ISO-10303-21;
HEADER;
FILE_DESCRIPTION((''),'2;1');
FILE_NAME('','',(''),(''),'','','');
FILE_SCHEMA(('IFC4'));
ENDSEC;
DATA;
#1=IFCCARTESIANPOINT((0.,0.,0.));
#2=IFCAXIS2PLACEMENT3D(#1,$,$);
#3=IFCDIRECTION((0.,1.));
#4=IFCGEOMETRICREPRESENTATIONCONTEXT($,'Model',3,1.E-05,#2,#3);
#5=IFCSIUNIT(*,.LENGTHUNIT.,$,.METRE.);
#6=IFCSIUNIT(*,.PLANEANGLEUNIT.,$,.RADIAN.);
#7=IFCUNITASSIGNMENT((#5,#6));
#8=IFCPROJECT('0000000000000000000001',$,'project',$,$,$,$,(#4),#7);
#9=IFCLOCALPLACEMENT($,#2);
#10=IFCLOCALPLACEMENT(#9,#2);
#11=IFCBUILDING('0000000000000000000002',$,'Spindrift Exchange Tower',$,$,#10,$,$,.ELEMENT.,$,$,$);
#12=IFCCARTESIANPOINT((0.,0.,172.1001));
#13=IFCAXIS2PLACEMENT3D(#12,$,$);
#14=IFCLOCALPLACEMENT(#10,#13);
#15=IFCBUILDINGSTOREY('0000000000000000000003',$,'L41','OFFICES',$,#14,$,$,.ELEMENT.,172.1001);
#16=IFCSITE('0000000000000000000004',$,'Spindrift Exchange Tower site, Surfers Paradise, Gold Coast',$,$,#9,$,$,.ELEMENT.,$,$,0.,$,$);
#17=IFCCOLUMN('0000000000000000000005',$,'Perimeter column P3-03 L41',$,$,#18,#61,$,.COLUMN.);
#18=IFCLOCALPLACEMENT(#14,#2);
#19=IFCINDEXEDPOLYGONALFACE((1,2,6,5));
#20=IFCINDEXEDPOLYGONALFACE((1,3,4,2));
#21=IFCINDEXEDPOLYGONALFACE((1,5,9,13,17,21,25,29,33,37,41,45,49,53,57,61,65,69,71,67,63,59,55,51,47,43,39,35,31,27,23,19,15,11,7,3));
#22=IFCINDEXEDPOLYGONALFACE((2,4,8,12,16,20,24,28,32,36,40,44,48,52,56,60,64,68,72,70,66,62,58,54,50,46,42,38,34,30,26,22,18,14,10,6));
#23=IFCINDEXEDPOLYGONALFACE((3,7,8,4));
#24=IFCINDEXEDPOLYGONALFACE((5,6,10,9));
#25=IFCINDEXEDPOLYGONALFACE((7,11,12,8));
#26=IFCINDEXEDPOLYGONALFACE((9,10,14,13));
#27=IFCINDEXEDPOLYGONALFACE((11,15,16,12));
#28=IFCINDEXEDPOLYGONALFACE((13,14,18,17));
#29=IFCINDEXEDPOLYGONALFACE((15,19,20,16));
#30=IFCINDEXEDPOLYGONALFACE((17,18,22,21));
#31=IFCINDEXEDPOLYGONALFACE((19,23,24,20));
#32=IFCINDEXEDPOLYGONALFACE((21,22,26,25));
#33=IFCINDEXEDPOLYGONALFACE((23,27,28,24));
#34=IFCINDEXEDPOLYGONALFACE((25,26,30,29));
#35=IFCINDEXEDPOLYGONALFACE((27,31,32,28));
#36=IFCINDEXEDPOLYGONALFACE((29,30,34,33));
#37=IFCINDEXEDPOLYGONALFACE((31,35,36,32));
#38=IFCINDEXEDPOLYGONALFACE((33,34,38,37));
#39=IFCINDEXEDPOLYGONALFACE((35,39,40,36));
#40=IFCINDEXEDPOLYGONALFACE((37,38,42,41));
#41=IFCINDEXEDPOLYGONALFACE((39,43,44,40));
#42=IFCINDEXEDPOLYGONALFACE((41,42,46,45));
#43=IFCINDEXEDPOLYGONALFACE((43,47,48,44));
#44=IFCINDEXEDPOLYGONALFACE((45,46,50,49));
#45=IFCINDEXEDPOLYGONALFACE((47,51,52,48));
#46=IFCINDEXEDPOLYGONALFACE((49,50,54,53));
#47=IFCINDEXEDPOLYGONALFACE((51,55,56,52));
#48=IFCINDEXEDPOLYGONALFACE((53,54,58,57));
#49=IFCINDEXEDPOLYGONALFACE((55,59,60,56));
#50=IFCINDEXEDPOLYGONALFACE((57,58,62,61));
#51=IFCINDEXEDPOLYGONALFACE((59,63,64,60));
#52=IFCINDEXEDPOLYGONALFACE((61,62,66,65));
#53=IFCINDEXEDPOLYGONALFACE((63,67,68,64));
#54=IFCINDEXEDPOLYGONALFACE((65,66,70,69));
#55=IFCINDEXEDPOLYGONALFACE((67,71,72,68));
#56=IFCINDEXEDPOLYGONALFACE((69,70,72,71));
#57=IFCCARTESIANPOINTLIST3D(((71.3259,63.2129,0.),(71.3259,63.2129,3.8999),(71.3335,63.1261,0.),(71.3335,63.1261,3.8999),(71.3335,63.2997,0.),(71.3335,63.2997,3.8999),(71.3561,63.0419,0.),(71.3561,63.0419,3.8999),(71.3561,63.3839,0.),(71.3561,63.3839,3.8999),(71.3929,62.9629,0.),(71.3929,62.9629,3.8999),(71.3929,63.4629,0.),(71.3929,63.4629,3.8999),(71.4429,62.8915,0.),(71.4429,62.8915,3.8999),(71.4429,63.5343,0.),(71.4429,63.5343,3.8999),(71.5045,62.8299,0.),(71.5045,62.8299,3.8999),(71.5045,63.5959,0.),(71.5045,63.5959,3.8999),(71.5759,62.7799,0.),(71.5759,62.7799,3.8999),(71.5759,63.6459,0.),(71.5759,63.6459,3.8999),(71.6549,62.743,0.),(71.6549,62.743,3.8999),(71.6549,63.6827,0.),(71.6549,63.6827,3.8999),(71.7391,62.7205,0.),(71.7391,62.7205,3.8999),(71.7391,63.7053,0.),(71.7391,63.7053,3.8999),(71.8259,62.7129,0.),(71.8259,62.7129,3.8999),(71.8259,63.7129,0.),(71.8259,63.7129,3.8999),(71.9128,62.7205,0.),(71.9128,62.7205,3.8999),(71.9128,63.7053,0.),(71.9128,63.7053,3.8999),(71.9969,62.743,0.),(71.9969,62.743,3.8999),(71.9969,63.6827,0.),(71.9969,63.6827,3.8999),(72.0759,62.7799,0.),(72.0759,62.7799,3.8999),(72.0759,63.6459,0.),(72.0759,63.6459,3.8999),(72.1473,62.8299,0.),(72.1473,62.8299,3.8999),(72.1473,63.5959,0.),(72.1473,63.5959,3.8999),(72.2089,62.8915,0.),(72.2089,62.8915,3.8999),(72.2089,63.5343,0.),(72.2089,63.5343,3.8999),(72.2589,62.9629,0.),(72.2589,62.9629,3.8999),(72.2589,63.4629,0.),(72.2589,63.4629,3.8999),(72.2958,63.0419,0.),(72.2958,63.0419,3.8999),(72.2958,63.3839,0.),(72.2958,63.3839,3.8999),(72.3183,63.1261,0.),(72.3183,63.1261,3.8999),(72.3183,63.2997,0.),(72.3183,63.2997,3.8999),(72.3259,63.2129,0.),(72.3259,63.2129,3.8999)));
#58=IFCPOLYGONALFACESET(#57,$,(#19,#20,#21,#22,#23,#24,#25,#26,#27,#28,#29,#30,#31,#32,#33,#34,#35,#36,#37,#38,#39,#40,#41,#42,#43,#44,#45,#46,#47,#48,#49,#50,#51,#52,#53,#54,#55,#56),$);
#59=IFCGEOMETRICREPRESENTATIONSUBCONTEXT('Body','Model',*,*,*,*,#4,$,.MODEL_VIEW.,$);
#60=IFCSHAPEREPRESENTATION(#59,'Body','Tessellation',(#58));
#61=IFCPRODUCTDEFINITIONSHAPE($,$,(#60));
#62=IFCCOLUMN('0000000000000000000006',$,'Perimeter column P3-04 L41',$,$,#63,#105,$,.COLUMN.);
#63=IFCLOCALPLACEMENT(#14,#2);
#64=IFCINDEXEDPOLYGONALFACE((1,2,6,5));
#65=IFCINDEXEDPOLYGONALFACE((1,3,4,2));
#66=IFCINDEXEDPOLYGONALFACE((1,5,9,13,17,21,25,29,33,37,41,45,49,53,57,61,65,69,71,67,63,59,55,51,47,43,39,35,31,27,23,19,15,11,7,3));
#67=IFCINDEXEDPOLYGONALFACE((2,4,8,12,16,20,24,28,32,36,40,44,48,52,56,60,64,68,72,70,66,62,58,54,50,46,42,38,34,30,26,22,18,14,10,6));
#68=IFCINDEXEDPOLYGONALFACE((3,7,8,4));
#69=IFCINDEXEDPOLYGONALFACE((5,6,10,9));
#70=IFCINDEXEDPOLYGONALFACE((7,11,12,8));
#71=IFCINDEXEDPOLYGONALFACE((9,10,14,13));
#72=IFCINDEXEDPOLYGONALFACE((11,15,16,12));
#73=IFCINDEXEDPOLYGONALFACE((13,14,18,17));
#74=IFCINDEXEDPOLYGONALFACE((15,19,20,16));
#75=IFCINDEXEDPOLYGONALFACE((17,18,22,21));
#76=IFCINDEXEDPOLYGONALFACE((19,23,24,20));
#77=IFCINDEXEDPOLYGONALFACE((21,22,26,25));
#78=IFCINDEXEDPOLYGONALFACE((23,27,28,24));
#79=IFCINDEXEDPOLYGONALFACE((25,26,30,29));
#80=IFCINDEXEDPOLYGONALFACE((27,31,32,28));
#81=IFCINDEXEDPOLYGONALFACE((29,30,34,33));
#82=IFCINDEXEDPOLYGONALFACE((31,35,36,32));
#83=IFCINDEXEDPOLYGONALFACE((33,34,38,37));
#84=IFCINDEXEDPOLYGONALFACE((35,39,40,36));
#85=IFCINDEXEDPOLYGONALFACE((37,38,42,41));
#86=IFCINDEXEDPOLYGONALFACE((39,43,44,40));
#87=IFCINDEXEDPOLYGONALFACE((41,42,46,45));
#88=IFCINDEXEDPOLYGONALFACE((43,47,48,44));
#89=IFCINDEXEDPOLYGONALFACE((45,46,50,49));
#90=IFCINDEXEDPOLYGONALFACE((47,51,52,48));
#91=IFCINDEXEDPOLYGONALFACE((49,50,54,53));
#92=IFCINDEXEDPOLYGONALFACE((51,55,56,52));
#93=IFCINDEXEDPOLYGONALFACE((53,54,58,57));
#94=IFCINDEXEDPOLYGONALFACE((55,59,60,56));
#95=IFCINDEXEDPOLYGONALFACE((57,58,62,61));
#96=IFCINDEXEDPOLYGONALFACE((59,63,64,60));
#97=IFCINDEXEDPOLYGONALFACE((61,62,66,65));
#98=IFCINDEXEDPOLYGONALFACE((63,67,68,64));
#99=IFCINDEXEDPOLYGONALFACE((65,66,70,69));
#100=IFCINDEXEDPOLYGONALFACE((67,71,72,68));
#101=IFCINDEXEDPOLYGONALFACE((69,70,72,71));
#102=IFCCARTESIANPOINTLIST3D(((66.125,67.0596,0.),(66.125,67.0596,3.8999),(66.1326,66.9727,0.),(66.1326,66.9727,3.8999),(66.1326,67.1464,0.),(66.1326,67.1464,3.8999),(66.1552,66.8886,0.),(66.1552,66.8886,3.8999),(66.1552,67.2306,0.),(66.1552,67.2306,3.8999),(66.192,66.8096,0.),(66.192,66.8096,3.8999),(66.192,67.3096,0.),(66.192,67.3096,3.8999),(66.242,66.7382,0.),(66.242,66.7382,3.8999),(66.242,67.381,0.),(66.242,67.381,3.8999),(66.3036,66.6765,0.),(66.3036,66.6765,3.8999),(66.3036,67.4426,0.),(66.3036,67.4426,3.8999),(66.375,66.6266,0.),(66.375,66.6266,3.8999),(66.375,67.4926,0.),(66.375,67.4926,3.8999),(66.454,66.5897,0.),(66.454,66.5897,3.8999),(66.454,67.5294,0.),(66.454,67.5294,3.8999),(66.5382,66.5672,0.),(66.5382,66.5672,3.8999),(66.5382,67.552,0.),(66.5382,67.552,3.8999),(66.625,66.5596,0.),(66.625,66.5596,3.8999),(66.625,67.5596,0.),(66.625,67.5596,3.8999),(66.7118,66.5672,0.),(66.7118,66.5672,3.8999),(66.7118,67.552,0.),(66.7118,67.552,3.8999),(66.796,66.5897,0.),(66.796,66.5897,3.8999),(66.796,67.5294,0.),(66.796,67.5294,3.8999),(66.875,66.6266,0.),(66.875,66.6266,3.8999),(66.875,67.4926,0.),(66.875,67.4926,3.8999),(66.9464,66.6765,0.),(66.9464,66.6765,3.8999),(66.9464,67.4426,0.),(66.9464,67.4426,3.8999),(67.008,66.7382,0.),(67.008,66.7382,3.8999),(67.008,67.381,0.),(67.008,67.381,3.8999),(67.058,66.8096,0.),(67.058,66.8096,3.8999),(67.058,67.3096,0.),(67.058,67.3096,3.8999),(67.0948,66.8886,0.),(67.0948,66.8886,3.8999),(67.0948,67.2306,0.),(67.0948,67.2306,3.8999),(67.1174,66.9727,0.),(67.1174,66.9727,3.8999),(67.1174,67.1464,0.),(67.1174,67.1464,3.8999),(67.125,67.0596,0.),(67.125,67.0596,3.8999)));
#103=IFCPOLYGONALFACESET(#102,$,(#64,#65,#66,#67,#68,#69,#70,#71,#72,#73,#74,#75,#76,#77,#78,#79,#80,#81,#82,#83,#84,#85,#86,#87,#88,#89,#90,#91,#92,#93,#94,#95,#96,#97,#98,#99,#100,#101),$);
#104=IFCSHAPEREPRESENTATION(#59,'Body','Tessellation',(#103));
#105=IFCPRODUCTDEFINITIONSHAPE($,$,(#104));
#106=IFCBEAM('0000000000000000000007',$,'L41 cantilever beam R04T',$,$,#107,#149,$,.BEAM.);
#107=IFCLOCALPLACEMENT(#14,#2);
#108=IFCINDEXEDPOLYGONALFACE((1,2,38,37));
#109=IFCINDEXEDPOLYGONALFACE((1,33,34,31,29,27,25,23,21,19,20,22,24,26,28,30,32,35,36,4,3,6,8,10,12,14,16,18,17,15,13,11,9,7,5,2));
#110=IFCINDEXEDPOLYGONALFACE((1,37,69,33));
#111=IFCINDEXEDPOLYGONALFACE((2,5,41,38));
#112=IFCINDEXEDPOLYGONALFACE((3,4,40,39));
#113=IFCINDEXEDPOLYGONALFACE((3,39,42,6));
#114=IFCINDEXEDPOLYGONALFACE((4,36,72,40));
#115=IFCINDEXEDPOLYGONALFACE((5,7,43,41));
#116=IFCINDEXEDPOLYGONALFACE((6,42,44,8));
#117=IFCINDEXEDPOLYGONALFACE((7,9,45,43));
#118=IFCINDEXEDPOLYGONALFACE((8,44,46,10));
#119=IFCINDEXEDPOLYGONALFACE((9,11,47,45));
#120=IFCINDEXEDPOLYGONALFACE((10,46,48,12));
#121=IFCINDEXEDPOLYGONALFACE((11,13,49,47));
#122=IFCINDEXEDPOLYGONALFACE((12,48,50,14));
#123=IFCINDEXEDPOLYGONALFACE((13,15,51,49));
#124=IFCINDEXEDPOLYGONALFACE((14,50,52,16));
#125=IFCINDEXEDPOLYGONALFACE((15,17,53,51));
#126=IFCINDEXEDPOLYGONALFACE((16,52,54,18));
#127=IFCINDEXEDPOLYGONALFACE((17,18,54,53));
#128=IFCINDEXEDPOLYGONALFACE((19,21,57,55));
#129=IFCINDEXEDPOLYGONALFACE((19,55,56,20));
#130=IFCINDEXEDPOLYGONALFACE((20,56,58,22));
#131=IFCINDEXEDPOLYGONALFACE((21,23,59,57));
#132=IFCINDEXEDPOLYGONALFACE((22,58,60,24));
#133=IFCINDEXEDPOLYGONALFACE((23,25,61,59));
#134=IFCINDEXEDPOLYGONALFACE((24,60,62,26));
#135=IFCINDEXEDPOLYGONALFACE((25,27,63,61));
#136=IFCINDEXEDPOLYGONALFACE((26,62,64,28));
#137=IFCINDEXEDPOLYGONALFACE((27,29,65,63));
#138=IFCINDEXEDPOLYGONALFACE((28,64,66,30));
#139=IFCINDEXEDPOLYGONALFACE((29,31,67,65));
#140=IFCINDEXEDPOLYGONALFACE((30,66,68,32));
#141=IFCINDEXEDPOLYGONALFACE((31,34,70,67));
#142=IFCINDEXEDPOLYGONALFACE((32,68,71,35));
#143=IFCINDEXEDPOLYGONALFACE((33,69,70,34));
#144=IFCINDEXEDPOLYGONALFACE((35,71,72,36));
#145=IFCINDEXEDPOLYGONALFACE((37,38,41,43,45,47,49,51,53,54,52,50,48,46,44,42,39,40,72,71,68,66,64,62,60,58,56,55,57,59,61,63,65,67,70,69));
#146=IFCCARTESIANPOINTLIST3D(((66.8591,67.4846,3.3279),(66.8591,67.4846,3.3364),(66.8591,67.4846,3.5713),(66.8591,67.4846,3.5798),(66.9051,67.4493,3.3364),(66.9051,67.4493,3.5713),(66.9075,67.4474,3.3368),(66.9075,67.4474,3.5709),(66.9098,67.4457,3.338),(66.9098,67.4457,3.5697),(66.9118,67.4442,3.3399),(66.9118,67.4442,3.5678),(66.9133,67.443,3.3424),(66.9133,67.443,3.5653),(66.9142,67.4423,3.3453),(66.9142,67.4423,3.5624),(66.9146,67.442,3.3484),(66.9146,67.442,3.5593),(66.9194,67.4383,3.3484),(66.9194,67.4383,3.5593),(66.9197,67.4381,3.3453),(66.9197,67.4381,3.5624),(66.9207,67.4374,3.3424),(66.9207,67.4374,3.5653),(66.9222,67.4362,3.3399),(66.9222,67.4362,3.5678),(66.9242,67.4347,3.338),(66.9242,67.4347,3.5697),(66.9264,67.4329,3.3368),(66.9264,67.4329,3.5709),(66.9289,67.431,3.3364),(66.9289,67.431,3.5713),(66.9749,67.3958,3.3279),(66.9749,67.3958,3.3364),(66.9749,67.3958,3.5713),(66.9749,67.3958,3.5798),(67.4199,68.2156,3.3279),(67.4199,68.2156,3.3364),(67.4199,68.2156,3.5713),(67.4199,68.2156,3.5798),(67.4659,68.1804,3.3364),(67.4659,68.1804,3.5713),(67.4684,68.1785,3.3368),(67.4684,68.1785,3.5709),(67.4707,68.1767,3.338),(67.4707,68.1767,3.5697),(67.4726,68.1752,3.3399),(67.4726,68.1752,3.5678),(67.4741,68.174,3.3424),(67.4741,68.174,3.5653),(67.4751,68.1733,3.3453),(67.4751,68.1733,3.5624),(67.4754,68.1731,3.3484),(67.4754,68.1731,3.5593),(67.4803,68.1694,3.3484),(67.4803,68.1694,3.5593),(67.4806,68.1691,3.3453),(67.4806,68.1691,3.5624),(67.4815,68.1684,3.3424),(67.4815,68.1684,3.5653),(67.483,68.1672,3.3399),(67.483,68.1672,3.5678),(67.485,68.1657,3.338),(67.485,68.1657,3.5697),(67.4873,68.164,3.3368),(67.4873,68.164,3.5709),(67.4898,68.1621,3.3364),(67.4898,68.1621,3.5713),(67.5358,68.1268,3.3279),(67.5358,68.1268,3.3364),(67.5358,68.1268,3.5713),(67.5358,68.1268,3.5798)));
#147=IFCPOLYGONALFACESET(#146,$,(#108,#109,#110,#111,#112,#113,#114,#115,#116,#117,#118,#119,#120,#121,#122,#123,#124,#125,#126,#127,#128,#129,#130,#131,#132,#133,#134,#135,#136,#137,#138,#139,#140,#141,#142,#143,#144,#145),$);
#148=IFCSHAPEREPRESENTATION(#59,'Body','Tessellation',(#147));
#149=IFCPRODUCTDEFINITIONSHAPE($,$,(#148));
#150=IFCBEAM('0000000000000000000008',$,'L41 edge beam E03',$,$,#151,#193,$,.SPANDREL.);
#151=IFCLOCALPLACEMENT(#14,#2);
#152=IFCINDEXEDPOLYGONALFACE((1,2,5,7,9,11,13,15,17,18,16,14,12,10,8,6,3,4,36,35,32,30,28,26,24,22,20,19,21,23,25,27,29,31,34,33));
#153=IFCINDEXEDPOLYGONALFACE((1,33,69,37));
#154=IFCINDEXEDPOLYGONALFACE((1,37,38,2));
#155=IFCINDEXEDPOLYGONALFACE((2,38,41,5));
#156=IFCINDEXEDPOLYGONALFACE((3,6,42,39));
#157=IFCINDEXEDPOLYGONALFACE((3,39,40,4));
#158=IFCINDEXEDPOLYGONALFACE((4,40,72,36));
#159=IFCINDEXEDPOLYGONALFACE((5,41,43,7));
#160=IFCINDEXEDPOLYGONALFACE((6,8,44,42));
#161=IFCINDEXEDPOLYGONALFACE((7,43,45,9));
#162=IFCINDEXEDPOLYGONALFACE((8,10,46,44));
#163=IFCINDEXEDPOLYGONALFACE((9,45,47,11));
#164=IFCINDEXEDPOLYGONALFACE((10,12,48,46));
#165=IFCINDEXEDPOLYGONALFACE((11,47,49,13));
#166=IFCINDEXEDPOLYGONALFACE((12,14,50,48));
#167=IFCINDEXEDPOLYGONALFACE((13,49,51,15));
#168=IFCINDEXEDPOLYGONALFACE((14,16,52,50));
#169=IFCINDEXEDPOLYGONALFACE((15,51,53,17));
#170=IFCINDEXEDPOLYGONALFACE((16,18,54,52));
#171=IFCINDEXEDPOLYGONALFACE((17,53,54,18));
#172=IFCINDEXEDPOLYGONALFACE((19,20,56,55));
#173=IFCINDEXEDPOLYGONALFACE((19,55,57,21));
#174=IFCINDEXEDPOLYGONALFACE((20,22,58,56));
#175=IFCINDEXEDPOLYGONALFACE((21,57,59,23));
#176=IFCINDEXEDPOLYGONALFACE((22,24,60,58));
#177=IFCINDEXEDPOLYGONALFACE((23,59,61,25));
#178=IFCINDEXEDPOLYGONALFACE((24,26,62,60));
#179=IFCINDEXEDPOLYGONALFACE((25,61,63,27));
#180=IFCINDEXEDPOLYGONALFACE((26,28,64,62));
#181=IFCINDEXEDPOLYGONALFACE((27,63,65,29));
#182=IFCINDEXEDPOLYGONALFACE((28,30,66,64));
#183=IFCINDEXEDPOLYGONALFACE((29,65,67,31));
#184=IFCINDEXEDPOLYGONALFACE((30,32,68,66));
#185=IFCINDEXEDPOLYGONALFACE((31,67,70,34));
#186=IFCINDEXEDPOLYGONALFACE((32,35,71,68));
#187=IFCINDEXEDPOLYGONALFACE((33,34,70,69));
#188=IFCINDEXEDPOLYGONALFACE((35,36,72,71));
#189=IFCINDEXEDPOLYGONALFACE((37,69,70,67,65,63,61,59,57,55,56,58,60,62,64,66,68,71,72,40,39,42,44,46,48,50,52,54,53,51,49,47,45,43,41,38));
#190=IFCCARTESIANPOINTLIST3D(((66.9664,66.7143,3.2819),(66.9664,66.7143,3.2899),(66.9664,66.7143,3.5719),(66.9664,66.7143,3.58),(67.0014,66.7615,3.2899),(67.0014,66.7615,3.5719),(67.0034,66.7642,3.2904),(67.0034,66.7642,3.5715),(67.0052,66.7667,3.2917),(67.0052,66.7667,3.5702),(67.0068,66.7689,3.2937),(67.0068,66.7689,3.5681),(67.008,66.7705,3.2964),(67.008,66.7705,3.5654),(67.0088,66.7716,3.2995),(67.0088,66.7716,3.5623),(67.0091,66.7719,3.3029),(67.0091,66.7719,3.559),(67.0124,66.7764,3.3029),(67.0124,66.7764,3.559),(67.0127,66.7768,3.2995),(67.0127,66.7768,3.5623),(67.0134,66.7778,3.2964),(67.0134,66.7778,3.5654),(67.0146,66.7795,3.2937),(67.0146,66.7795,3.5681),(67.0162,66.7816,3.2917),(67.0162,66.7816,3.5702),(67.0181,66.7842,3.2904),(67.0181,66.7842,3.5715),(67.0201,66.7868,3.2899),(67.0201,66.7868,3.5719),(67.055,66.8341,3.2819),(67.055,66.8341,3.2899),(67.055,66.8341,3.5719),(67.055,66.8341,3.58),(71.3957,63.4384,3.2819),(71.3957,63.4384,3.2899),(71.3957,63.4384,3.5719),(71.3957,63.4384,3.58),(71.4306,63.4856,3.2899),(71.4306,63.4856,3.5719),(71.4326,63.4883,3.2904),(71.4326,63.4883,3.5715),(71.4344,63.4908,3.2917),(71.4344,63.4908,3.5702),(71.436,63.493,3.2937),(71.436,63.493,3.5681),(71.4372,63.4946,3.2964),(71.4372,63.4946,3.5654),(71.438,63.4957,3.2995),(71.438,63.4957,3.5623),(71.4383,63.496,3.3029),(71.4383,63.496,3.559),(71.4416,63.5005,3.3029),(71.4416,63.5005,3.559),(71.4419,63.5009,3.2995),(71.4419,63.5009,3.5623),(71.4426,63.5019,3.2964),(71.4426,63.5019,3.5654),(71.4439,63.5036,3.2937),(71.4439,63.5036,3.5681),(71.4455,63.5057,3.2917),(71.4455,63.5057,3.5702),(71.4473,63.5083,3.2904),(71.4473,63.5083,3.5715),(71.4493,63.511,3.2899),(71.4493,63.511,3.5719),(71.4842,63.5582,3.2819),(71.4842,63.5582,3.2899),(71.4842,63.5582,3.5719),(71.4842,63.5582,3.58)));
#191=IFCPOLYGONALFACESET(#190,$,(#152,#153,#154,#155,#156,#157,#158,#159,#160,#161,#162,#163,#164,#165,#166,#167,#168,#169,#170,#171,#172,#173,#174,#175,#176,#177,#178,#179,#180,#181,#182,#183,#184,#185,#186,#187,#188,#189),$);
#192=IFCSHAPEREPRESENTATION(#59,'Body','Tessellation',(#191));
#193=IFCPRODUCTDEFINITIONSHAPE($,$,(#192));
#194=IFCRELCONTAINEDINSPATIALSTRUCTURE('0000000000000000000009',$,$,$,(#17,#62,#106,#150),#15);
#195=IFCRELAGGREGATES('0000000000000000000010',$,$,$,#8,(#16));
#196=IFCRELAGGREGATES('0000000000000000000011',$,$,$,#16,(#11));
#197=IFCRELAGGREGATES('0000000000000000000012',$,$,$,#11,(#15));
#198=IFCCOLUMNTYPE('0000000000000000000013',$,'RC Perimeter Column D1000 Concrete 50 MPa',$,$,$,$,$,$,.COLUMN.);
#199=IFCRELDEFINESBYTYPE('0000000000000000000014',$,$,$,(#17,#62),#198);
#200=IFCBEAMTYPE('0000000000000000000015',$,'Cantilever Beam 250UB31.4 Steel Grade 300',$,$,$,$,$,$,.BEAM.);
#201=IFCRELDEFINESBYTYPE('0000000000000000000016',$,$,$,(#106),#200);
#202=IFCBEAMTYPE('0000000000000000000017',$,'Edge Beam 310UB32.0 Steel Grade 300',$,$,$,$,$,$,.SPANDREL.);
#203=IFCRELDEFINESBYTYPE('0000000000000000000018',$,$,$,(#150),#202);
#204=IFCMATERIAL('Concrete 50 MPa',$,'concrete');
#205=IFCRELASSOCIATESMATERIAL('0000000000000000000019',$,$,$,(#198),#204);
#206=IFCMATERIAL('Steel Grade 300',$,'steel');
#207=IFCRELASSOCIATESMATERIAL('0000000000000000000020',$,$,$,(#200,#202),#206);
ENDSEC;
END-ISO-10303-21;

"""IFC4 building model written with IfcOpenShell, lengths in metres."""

from ifc_helpers import new_model, si_unit, direction, frame, origin, origin_2d, place, context, subcontext, project, spatial, circle, i_section, extrude, source, transform, mapped, material, material_profile, profile_set, type_object, element, save


model = new_model("IFC4")

# Units and contexts
model_context = context("Model", 3, precision=1e-05, world=origin(), true_north=direction((0.0, 1.0)))
body_context = subcontext(model_context, "Body", "Model", "MODEL_VIEW")
ifc_project = project(units=[si_unit("LENGTHUNIT", "METRE"), si_unit("PLANEANGLEUNIT", "RADIAN")], contexts=[model_context])

# Site, building, storey
site_placement = place(None, origin())
site = spatial("IfcSite", under=ifc_project, at=site_placement, Name="Spindrift Exchange Tower site, Surfers Paradise, Gold Coast", CompositionType="ELEMENT", RefElevation=0.0)
building_placement = place(site_placement, origin())
building = spatial("IfcBuilding", under=site, at=building_placement, Name="Spindrift Exchange Tower", CompositionType="ELEMENT")
storey_placement = place(building_placement, frame((0.0, 0.0, 172.1001)))
storey = spatial("IfcBuildingStorey", under=building, at=storey_placement, Name="L41", Description="OFFICES", CompositionType="ELEMENT", Elevation=172.1001)

# Columns
ifc_material_1 = material(Name="Concrete 50 MPa", Category="concrete")
ifc_material_profile_1 = material_profile(ifc_material_1, circle(Radius=0.5, at=origin_2d()), Name="RC D1000")
ifc_profile_set_1 = profile_set([ifc_material_profile_1], Name="Concrete 50 MPa")
column_type = type_object("IfcColumnType", Name="RC Perimeter Column D1000 Concrete 50 MPa", PredefinedType="COLUMN", material=ifc_profile_set_1)
shared_shape_1 = source(origin(), body_context, "Body", "SweptSolid", [
    extrude(circle(Radius=0.5, at=origin_2d()), origin(), (0.0, 0.0, 1.0), 3.8999),
])
for number, where, z_axis, x_axis, name in (
    (1, (71.8259, 63.2129, 0.0), (0.0, 0.0, 1.0), (1.0, 0.0, 0.0), "Perimeter column P3-03 L41"),
    (2, (66.625, 67.0596, 0.0), (0.0, 0.0, 1.0), (1.0, 0.0, 0.0), "Perimeter column P3-04 L41"),
):
    element("IfcColumn", number, at=place(storey_placement, frame(where, z_axis=z_axis, x_axis=x_axis)), inside=storey, type_object=column_type, Name=name, PredefinedType="COLUMN", context=body_context, shape_type="MappedRepresentation", body=[
        mapped(shared_shape_1, transform((0.0, 0.0, 0.0), scale=1.0)),
    ])

# Beams
ifc_material_2 = material(Name="Steel Grade 300", Category="steel")
ifc_material_profile_2 = material_profile(ifc_material_2, i_section(OverallWidth=0.146, OverallDepth=0.252, WebThickness=0.0061, FlangeThickness=0.0085, FilletRadius=0.012, at=origin_2d()), Name="250UB31.4")
ifc_profile_set_2 = profile_set([ifc_material_profile_2], Name="Steel Grade 300")
beam_type_1 = type_object("IfcBeamType", Name="Cantilever Beam 250UB31.4 Steel Grade 300", PredefinedType="BEAM", material=ifc_profile_set_2)
shared_shape_2 = source(origin(), body_context, "Body", "SweptSolid", [
    extrude(i_section(OverallWidth=0.146, OverallDepth=0.252, WebThickness=0.0061, FlangeThickness=0.0085, FilletRadius=0.012, at=origin_2d()), origin(), (0.0, 0.0, 1.0), 0.9214),
])
beam_1_placement = place(storey_placement, frame((66.917, 67.4402, 3.4539), z_axis=(0.608699, 0.793402, 0.0), x_axis=(-0.793402, 0.608699, 0.0)))
element("IfcBeam", 3, at=beam_1_placement, inside=storey, type_object=beam_type_1, Name="L41 cantilever beam R04T", PredefinedType="BEAM", context=body_context, shape_type="MappedRepresentation", body=[
    mapped(shared_shape_2, transform((0.0, 0.0, 0.0), scale=1.0)),
])
ifc_material_profile_3 = material_profile(ifc_material_2, i_section(OverallWidth=0.1489, OverallDepth=0.2981, WebThickness=0.0056, FlangeThickness=0.0081, FilletRadius=0.0129, at=origin_2d()), Name="310UB32.0")
ifc_profile_set_3 = profile_set([ifc_material_profile_3], Name="Steel Grade 300")
beam_type_2 = type_object("IfcBeamType", Name="Edge Beam 310UB32.0 Steel Grade 300", PredefinedType="SPANDREL", material=ifc_profile_set_3)
shared_shape_3 = source(origin(), body_context, "Body", "SweptSolid", [
    extrude(i_section(OverallWidth=0.1489, OverallDepth=0.2981, WebThickness=0.0056, FlangeThickness=0.0081, FilletRadius=0.0129, at=origin_2d()), origin(), (0.0, 0.0, 1.0), 5.509),
])
beam_2_placement = place(storey_placement, frame((71.4399, 63.4983, 3.4309), z_axis=(-0.803992, 0.59464, 0.0), x_axis=(-0.59464, -0.803992, 0.0)))
element("IfcBeam", 4, at=beam_2_placement, inside=storey, type_object=beam_type_2, Name="L41 edge beam E03", PredefinedType="SPANDREL", context=body_context, shape_type="MappedRepresentation", body=[
    mapped(shared_shape_3, transform((0.0, 0.0, 0.0), scale=1.0)),
])

save(model, "model.ifc")
